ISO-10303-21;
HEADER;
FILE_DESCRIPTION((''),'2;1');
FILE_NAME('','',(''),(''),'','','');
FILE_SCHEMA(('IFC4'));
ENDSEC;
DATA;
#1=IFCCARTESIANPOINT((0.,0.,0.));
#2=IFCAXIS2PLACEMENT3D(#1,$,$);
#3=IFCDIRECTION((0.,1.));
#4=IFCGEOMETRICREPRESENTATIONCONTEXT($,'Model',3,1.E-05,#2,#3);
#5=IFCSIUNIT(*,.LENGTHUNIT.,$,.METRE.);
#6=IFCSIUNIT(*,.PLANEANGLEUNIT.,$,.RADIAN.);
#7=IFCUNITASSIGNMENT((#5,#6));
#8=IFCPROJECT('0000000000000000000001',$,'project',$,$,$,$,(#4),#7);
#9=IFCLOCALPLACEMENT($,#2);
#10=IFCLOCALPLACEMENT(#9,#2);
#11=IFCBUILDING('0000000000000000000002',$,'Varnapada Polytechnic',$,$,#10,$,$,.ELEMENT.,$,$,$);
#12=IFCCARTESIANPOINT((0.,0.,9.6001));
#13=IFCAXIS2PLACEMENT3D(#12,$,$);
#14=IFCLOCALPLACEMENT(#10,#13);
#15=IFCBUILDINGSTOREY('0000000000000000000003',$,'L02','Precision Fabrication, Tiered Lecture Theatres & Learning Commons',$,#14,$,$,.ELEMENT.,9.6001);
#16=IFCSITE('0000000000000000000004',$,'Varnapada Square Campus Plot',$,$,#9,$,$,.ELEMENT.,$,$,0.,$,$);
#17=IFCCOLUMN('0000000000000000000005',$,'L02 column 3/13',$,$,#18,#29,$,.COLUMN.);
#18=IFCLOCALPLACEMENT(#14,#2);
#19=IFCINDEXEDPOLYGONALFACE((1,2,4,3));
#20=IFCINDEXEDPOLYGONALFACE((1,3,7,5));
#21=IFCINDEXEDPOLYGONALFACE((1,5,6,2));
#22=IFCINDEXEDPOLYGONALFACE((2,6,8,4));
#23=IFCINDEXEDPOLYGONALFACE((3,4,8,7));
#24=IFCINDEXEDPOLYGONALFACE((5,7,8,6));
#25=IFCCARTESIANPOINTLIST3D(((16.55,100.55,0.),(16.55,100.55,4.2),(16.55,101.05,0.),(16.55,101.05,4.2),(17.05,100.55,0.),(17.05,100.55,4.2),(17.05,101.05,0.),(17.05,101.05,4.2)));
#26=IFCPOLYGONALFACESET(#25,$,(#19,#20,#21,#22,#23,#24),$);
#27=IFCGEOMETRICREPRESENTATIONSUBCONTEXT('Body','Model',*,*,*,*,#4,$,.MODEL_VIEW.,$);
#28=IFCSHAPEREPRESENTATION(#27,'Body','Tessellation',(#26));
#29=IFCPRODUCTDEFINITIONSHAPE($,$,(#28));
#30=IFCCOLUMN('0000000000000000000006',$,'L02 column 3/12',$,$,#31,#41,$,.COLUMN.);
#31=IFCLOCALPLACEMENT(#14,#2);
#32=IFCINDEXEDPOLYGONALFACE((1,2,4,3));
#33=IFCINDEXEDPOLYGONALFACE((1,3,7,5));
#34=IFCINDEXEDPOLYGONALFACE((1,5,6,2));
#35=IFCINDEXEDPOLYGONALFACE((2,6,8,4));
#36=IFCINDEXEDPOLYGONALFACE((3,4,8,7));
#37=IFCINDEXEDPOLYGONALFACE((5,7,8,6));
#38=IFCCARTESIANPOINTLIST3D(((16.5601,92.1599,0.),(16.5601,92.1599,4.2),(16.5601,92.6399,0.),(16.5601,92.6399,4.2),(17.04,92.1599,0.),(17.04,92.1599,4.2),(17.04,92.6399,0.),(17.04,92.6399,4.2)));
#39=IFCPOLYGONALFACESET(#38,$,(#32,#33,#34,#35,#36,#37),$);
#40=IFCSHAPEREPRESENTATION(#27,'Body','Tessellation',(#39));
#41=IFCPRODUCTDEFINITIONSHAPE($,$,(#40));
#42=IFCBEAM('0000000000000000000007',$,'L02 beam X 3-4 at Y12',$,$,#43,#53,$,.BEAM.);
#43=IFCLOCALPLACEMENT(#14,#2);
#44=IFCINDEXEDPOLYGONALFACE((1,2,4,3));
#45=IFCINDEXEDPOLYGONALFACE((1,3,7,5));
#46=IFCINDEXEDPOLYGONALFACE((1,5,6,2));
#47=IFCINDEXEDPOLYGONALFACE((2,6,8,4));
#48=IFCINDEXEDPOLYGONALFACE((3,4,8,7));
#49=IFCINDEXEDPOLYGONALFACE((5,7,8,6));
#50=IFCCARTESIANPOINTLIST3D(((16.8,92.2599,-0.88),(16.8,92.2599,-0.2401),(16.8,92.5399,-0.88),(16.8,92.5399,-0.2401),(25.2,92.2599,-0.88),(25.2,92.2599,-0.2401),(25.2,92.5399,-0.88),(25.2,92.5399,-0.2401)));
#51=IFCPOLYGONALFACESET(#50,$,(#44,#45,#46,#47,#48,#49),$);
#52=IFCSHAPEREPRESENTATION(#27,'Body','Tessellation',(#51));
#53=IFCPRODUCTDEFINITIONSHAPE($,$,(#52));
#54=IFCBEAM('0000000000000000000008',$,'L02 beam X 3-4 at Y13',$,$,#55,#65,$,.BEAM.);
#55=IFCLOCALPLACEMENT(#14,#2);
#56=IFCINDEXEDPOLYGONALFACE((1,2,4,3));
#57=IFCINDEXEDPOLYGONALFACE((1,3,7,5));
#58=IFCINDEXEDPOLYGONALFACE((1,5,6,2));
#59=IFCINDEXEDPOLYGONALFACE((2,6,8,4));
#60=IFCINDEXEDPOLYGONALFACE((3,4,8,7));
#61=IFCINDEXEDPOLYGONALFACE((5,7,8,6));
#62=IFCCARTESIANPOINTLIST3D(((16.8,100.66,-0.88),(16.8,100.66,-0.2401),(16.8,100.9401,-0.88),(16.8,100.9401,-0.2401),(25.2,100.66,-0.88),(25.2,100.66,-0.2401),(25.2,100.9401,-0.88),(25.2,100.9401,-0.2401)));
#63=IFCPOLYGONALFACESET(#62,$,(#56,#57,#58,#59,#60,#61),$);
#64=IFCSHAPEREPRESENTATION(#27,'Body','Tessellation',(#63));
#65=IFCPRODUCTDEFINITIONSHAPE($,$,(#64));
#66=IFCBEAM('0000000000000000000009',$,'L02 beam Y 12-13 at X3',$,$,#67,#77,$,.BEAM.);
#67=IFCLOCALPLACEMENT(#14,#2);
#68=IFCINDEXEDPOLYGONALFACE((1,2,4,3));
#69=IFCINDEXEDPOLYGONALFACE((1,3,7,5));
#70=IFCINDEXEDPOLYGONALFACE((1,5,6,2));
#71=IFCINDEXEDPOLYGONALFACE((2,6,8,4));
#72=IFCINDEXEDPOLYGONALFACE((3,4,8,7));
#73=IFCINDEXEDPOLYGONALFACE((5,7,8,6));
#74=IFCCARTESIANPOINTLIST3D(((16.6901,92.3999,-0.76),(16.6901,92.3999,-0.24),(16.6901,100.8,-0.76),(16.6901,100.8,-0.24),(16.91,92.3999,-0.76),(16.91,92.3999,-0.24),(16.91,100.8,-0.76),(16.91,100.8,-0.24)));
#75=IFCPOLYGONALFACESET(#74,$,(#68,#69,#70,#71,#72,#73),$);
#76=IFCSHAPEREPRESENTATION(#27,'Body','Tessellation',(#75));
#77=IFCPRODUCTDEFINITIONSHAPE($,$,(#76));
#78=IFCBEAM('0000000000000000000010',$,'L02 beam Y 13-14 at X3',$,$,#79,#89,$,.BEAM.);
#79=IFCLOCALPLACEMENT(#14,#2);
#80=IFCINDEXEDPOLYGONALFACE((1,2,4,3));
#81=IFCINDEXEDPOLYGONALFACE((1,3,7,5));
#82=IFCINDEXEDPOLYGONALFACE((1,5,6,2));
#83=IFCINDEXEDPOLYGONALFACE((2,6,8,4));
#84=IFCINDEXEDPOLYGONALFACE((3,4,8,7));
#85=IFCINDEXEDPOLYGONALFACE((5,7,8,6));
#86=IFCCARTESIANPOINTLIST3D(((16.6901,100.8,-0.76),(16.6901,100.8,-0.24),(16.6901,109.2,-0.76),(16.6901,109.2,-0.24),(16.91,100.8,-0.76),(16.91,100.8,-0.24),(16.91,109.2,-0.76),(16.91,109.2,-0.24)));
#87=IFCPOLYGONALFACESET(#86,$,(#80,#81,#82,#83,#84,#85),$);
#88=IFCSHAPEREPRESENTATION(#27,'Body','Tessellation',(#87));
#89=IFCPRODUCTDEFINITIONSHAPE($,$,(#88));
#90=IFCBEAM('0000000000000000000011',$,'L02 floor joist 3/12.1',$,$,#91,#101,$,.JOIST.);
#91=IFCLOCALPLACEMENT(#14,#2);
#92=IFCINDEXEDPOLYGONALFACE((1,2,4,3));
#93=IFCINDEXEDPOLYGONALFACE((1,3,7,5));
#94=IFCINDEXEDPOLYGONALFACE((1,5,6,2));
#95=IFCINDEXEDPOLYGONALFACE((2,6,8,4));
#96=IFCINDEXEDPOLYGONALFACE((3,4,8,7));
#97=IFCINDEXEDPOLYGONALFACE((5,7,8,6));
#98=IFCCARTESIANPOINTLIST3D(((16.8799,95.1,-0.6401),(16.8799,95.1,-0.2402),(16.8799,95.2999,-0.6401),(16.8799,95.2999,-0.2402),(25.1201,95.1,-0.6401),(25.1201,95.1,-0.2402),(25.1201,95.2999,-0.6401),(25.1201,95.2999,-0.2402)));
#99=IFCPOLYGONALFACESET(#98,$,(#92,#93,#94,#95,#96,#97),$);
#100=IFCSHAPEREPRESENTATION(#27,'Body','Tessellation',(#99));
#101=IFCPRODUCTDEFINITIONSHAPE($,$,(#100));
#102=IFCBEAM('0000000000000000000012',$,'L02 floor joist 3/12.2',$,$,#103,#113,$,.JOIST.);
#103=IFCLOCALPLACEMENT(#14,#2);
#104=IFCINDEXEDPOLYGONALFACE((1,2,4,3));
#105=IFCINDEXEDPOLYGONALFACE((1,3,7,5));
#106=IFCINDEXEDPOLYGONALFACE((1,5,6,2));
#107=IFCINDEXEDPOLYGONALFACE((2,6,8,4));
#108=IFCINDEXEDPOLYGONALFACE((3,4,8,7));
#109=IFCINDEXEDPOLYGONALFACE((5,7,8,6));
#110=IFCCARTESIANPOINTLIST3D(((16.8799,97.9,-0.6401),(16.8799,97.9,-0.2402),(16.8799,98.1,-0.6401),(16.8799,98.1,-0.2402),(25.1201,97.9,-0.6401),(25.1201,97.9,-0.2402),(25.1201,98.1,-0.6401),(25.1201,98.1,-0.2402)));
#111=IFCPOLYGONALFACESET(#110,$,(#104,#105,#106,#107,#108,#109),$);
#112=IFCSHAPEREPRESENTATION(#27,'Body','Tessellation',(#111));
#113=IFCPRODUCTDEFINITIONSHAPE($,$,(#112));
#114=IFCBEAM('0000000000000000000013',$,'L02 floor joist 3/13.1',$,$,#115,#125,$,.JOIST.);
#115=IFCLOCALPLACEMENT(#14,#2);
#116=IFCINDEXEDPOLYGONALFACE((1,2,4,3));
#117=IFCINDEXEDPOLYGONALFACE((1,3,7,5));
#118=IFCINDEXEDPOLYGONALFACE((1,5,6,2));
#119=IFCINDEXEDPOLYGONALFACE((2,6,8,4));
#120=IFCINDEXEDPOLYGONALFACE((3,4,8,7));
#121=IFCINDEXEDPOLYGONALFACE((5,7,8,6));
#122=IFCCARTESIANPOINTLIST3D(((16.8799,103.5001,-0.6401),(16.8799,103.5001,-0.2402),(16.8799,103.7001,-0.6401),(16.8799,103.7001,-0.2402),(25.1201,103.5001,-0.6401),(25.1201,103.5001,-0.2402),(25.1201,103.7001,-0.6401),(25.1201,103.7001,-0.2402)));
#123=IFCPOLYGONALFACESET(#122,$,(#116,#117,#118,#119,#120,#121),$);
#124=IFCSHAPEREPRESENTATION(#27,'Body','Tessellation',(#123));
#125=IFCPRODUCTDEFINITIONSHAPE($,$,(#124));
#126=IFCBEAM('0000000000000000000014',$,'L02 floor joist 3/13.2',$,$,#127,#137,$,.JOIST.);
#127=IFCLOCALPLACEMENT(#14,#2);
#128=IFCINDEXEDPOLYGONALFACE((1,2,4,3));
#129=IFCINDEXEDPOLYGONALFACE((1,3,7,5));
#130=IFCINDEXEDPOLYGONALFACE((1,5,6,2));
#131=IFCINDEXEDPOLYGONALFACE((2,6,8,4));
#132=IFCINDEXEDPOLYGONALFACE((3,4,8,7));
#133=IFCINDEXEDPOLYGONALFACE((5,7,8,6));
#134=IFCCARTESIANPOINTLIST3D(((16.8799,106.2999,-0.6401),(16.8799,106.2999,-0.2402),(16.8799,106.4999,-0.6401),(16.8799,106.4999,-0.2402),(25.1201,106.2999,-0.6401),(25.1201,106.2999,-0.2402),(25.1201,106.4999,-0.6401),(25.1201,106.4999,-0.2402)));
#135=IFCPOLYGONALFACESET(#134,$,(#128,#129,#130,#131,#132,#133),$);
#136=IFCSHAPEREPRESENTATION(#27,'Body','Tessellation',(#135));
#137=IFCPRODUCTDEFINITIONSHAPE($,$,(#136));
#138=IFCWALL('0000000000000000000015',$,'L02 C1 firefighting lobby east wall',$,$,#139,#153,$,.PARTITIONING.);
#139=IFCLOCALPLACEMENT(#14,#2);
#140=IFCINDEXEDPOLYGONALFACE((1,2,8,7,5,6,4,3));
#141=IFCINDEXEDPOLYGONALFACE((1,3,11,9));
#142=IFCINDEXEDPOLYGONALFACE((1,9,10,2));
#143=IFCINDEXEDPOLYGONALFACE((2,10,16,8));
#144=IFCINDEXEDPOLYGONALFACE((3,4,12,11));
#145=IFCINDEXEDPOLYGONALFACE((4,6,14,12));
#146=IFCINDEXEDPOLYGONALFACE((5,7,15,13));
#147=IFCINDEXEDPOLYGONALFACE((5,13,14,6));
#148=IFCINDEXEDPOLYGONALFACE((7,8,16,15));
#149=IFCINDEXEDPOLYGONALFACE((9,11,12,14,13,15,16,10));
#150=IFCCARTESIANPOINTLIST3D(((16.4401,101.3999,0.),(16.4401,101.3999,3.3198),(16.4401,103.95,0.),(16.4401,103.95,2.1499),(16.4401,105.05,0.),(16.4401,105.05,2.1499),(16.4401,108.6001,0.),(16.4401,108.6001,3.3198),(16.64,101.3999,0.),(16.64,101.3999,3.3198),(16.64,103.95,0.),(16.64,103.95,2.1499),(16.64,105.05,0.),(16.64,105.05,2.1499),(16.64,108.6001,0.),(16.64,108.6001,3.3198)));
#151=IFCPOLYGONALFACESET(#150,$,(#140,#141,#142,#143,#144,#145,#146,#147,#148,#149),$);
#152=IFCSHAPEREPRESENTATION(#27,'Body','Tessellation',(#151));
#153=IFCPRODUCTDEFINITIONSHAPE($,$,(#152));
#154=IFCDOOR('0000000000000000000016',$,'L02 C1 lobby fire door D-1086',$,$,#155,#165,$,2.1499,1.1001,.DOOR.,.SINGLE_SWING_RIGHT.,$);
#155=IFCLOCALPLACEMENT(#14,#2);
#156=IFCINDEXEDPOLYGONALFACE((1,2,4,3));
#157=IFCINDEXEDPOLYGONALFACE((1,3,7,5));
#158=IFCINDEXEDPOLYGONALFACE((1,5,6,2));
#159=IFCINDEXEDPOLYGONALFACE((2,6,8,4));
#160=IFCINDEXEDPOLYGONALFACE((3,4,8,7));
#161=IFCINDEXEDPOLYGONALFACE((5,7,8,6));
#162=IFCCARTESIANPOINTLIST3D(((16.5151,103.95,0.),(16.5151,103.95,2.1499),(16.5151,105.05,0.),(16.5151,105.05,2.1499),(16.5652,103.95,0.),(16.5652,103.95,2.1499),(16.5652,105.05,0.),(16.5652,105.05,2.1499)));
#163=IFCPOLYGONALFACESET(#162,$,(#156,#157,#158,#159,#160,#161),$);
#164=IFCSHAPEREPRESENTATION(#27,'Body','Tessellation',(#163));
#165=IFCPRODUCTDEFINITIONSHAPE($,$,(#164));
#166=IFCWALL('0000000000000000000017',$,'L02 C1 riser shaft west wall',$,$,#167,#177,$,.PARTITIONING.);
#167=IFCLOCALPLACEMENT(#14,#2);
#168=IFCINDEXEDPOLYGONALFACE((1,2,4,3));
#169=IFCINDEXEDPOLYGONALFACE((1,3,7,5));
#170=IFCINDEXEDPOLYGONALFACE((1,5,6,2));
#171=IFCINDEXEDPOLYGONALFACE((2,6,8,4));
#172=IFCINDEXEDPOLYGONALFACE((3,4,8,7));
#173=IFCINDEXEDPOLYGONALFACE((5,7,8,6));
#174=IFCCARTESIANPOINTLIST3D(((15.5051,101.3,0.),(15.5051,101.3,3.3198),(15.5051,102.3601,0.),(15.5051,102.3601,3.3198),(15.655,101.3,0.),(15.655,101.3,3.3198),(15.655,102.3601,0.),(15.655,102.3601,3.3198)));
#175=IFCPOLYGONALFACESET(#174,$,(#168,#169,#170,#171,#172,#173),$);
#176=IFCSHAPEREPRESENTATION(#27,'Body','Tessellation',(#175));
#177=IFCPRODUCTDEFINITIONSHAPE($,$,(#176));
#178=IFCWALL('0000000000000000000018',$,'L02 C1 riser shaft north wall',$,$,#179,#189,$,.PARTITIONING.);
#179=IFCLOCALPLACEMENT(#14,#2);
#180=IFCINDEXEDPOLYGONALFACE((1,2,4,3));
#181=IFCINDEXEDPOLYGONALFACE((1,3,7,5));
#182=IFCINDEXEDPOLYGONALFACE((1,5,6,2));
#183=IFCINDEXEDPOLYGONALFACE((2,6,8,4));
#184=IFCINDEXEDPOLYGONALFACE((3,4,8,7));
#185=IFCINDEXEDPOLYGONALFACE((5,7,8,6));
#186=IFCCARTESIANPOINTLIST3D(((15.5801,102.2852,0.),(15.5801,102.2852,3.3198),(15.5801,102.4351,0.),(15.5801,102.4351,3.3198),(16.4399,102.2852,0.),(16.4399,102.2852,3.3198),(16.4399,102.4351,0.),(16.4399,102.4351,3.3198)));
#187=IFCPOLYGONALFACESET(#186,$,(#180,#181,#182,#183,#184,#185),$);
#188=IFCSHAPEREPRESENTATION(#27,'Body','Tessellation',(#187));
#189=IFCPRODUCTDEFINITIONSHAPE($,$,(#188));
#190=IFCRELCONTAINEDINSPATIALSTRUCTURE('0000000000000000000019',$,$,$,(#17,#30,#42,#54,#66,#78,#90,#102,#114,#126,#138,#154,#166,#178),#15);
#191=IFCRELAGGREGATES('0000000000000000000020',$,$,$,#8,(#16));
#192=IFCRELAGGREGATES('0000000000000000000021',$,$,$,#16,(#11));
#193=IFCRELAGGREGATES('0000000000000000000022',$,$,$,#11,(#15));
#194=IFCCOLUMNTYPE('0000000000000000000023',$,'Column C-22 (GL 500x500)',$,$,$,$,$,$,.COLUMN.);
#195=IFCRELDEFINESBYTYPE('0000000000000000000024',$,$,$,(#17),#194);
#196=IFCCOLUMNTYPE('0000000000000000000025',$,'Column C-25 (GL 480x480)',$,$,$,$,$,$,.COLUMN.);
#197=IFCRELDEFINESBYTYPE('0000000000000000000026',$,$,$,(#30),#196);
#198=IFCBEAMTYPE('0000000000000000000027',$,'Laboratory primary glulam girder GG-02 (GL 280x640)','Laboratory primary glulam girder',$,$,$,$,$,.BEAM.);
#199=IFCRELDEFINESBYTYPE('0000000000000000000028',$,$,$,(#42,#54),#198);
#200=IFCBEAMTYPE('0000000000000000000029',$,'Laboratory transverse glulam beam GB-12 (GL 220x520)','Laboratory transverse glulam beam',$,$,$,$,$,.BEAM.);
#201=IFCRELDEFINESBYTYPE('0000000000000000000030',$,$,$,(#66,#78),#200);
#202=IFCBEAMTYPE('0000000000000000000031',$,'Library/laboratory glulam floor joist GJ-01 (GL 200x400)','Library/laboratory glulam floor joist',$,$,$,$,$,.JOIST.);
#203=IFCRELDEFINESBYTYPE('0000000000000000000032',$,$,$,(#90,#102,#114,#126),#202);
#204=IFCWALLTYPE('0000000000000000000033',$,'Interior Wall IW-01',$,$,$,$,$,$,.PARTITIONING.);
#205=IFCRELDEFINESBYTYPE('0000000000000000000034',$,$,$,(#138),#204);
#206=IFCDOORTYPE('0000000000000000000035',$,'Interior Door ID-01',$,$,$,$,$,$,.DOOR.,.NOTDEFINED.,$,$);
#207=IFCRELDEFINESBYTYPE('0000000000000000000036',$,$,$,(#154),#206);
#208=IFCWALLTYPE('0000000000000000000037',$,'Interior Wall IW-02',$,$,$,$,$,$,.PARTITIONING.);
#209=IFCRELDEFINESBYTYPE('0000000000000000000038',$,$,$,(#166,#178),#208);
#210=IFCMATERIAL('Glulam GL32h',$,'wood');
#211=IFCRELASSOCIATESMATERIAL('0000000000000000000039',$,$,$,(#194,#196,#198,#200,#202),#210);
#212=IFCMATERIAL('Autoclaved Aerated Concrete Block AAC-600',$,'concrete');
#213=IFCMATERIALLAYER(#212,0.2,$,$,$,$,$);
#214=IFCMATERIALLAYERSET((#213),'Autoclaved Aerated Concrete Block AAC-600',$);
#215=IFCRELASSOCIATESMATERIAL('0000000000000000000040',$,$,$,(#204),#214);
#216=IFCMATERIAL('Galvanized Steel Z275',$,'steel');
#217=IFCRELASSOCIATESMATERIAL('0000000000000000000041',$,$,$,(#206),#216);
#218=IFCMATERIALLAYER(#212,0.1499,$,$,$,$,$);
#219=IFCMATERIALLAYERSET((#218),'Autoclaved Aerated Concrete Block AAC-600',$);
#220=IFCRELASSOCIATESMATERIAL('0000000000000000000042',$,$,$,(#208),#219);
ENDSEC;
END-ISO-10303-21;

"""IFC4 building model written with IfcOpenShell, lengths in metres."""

from ifc_helpers import new_model, si_unit, direction, frame, frame_2d, origin, origin_2d, place, context, subcontext, project, spatial, rectangle, extrude, material, layer, layer_set, material_profile, profile_set, type_object, element, fill, save


model = new_model("IFC4")

# Units and contexts
model_context = context("Model", 3, precision=1e-05, world=origin(), true_north=direction((0.0, 1.0)))
body_context = subcontext(model_context, "Body", "Model", "MODEL_VIEW")
ifc_project = project(units=[si_unit("LENGTHUNIT", "METRE"), si_unit("PLANEANGLEUNIT", "RADIAN")], contexts=[model_context])

# Site, building, storey
site_placement = place(None, origin())
site = spatial("IfcSite", under=ifc_project, at=site_placement, Name="Varnapada Square Campus Plot", CompositionType="ELEMENT", RefElevation=0.0)
building_placement = place(site_placement, origin())
building = spatial("IfcBuilding", under=site, at=building_placement, Name="Varnapada Polytechnic", CompositionType="ELEMENT")
storey_placement = place(building_placement, frame((0.0, 0.0, 9.6001)))
storey = spatial("IfcBuildingStorey", under=building, at=storey_placement, Name="L02", Description="Precision Fabrication, Tiered Lecture Theatres & Learning Commons", CompositionType="ELEMENT", Elevation=9.6001)

# Columns
ifc_material_1 = material(Name="Glulam GL32h", Category="wood")
ifc_material_profile_1 = material_profile(ifc_material_1, rectangle(XDim=0.5, YDim=0.5, at=origin_2d()), Name="GL 500x500")
ifc_profile_set_1 = profile_set([ifc_material_profile_1], Name="Glulam GL32h")
column_type_1 = type_object("IfcColumnType", Name="Column C-22 (GL 500x500)", PredefinedType="COLUMN", material=ifc_profile_set_1)
column_1_placement = place(storey_placement, frame((16.8, 100.8, 0.0), z_axis=(0.0, 0.0, 1.0), x_axis=(1.0, 0.0, 0.0)))
element("IfcColumn", 1, at=column_1_placement, inside=storey, type_object=column_type_1, Name="L02 column 3/13", PredefinedType="COLUMN", context=body_context, shape_type="SweptSolid", body=[
    extrude(rectangle(XDim=0.5, YDim=0.5, at=origin_2d()), origin(), (0.0, 0.0, 1.0), 4.2),
])
ifc_material_profile_2 = material_profile(ifc_material_1, rectangle(XDim=0.48, YDim=0.48, at=origin_2d()), Name="GL 480x480")
ifc_profile_set_2 = profile_set([ifc_material_profile_2], Name="Glulam GL32h")
column_type_2 = type_object("IfcColumnType", Name="Column C-25 (GL 480x480)", PredefinedType="COLUMN", material=ifc_profile_set_2)
column_2_placement = place(storey_placement, frame((16.8, 92.3999, 0.0), z_axis=(0.0, 0.0, 1.0), x_axis=(1.0, 0.0, 0.0)))
element("IfcColumn", 2, at=column_2_placement, inside=storey, type_object=column_type_2, Name="L02 column 3/12", PredefinedType="COLUMN", context=body_context, shape_type="SweptSolid", body=[
    extrude(rectangle(XDim=0.48, YDim=0.48, at=origin_2d()), origin(), (0.0, 0.0, 1.0), 4.2),
])

# Beams
ifc_material_profile_3 = material_profile(ifc_material_1, rectangle(XDim=0.28, YDim=0.6399, at=origin_2d()), Name="GL 280x640")
ifc_profile_set_3 = profile_set([ifc_material_profile_3], Name="Glulam GL32h")
beam_type_1 = type_object("IfcBeamType", Name="Laboratory primary glulam girder GG-02 (GL 280x640)", Description="Laboratory primary glulam girder", PredefinedType="BEAM", material=ifc_profile_set_3)
for number, where, z_axis, x_axis, name in (
    (3, (16.8, 92.3999, -0.5601), (1.0, 0.0, 0.0), (0.0, 1.0, 0.0), "L02 beam X 3-4 at Y12"),
    (4, (16.8, 100.8, -0.5601), (1.0, 0.0, 0.0), (0.0, 1.0, 0.0), "L02 beam X 3-4 at Y13"),
):
    element("IfcBeam", number, at=place(storey_placement, frame(where, z_axis=z_axis, x_axis=x_axis)), inside=storey, type_object=beam_type_1, Name=name, PredefinedType="BEAM", context=body_context, shape_type="SweptSolid", body=[
        extrude(rectangle(XDim=0.28, YDim=0.6399, at=origin_2d()), origin(), (0.0, 0.0, 1.0), 8.3999),
    ])
ifc_material_profile_4 = material_profile(ifc_material_1, rectangle(XDim=0.22, YDim=0.52, at=origin_2d()), Name="GL 220x520")
ifc_profile_set_4 = profile_set([ifc_material_profile_4], Name="Glulam GL32h")
beam_type_2 = type_object("IfcBeamType", Name="Laboratory transverse glulam beam GB-12 (GL 220x520)", Description="Laboratory transverse glulam beam", PredefinedType="BEAM", material=ifc_profile_set_4)
beam_1_placement = place(storey_placement, frame((16.8, 92.3999, -0.5), z_axis=(0.0, 1.0, 0.0), x_axis=(-1.0, 0.0, 0.0)))
element("IfcBeam", 5, at=beam_1_placement, inside=storey, type_object=beam_type_2, Name="L02 beam Y 12-13 at X3", PredefinedType="BEAM", context=body_context, shape_type="SweptSolid", body=[
    extrude(rectangle(XDim=0.22, YDim=0.52, at=origin_2d()), origin(), (0.0, 0.0, 1.0), 8.4001),
])
beam_2_placement = place(storey_placement, frame((16.8, 100.8, -0.5), z_axis=(0.0, 1.0, 0.0), x_axis=(-1.0, 0.0, 0.0)))
element("IfcBeam", 6, at=beam_2_placement, inside=storey, type_object=beam_type_2, Name="L02 beam Y 13-14 at X3", PredefinedType="BEAM", context=body_context, shape_type="SweptSolid", body=[
    extrude(rectangle(XDim=0.22, YDim=0.52, at=origin_2d()), origin(), (0.0, 0.0, 1.0), 8.3999),
])
ifc_material_profile_5 = material_profile(ifc_material_1, rectangle(XDim=0.2, YDim=0.3999, at=origin_2d()), Name="GL 200x400")
ifc_profile_set_5 = profile_set([ifc_material_profile_5], Name="Glulam GL32h")
beam_type_3 = type_object("IfcBeamType", Name="Library/laboratory glulam floor joist GJ-01 (GL 200x400)", Description="Library/laboratory glulam floor joist", PredefinedType="JOIST", material=ifc_profile_set_5)
for number, where, z_axis, x_axis, name in (
    (7, (16.8799, 95.2, -0.4402), (1.0, 0.0, 0.0), (0.0, 1.0, 0.0), "L02 floor joist 3/12.1"),
    (8, (16.8799, 98.0, -0.4402), (1.0, 0.0, 0.0), (0.0, 1.0, 0.0), "L02 floor joist 3/12.2"),
    (9, (16.8799, 103.6001, -0.4402), (1.0, 0.0, 0.0), (0.0, 1.0, 0.0), "L02 floor joist 3/13.1"),
    (10, (16.8799, 106.3999, -0.4402), (1.0, 0.0, 0.0), (0.0, 1.0, 0.0), "L02 floor joist 3/13.2"),
):
    element("IfcBeam", number, at=place(storey_placement, frame(where, z_axis=z_axis, x_axis=x_axis)), inside=storey, type_object=beam_type_3, Name=name, PredefinedType="JOIST", context=body_context, shape_type="SweptSolid", body=[
        extrude(rectangle(XDim=0.2, YDim=0.3999, at=origin_2d()), origin(), (0.0, 0.0, 1.0), 8.2402),
    ])

# Wall, opening, door
ifc_material_2 = material(Name="Autoclaved Aerated Concrete Block AAC-600", Category="concrete")
ifc_layer_1 = layer(ifc_material_2, 0.2)
ifc_layer_set_1 = layer_set([ifc_layer_1], Name="Autoclaved Aerated Concrete Block AAC-600")
wall_type_1 = type_object("IfcWallType", Name="Interior Wall IW-01", PredefinedType="PARTITIONING", material=ifc_layer_set_1)
wall_1_placement = place(storey_placement, frame((16.54, 108.6001, 0.0), z_axis=(0.0, 0.0, 1.0), x_axis=(0.0, -1.0, 0.0)))
wall_1 = element("IfcWall", 11, at=wall_1_placement, inside=storey, type_object=wall_type_1, Name="L02 C1 firefighting lobby east wall", PredefinedType="PARTITIONING", context=body_context, shape_type="SweptSolid", body=[
    extrude(rectangle(XDim=7.2002, YDim=0.2, at=frame_2d((3.6001, 0.0))), origin(), (0.0, 0.0, 1.0), 3.3198),
])
opening_1_placement = place(wall_1_placement, frame((3.55, 0.0, 0.0)))
opening_1 = element("IfcOpeningElement", 12, at=opening_1_placement, cuts=wall_1, PredefinedType="OPENING", context=body_context, shape_type="SweptSolid", body=[
    extrude(rectangle(XDim=1.1001, YDim=2.1499, at=frame_2d((0.55, 1.075))), frame((0.0, 0.1099, 0.0), z_axis=(0.0, -1.0, 0.0), x_axis=(1.0, 0.0, 0.0)), (0.0, 0.0, 1.0), 0.22),
])
ifc_material_3 = material(Name="Galvanized Steel Z275", Category="steel")
door_type_1 = type_object("IfcDoorType", Name="Interior Door ID-01", OperationType="NOTDEFINED", PredefinedType="DOOR", material=ifc_material_3)
door_1_placement = place(opening_1_placement, frame((1.1001, 0.0, 0.0), z_axis=(0.0, 0.0, 1.0), x_axis=(-1.0, 0.0, 0.0)))
door_1 = element("IfcDoor", 13, at=door_1_placement, inside=storey, type_object=door_type_1, Name="L02 C1 lobby fire door D-1086", OperationType="SINGLE_SWING_RIGHT", OverallHeight=2.1499, OverallWidth=1.1001, PredefinedType="DOOR", context=body_context, shape_type="SweptSolid", body=[
    extrude(rectangle(XDim=1.1001, YDim=2.1499, at=frame_2d((0.55, 1.075))), frame((0.0, 0.0249, 0.0), z_axis=(0.0, -1.0, 0.0), x_axis=(1.0, 0.0, 0.0)), (0.0, 0.0, 1.0), 0.05),
])
fill(opening_1, door_1)

# Walls
ifc_layer_2 = layer(ifc_material_2, 0.1499)
ifc_layer_set_2 = layer_set([ifc_layer_2], Name="Autoclaved Aerated Concrete Block AAC-600")
wall_type_2 = type_object("IfcWallType", Name="Interior Wall IW-02", PredefinedType="PARTITIONING", material=ifc_layer_set_2)
wall_2_placement = place(storey_placement, frame((15.5801, 102.3601, 0.0), z_axis=(0.0, 0.0, 1.0), x_axis=(0.0, -1.0, 0.0)))
element("IfcWall", 14, at=wall_2_placement, inside=storey, type_object=wall_type_2, Name="L02 C1 riser shaft west wall", PredefinedType="PARTITIONING", context=body_context, shape_type="SweptSolid", body=[
    extrude(rectangle(XDim=1.0601, YDim=0.1499, at=frame_2d((0.53, 0.0))), origin(), (0.0, 0.0, 1.0), 3.3198),
])
wall_3_placement = place(storey_placement, frame((15.5801, 102.3601, 0.0), z_axis=(0.0, 0.0, 1.0), x_axis=(1.0, 0.0, 0.0)))
element("IfcWall", 15, at=wall_3_placement, inside=storey, type_object=wall_type_2, Name="L02 C1 riser shaft north wall", PredefinedType="PARTITIONING", context=body_context, shape_type="SweptSolid", body=[
    extrude(rectangle(XDim=0.8599, YDim=0.1499, at=frame_2d((0.4299, 0.0))), origin(), (0.0, 0.0, 1.0), 3.3198),
])

save(model, "model.ifc")
